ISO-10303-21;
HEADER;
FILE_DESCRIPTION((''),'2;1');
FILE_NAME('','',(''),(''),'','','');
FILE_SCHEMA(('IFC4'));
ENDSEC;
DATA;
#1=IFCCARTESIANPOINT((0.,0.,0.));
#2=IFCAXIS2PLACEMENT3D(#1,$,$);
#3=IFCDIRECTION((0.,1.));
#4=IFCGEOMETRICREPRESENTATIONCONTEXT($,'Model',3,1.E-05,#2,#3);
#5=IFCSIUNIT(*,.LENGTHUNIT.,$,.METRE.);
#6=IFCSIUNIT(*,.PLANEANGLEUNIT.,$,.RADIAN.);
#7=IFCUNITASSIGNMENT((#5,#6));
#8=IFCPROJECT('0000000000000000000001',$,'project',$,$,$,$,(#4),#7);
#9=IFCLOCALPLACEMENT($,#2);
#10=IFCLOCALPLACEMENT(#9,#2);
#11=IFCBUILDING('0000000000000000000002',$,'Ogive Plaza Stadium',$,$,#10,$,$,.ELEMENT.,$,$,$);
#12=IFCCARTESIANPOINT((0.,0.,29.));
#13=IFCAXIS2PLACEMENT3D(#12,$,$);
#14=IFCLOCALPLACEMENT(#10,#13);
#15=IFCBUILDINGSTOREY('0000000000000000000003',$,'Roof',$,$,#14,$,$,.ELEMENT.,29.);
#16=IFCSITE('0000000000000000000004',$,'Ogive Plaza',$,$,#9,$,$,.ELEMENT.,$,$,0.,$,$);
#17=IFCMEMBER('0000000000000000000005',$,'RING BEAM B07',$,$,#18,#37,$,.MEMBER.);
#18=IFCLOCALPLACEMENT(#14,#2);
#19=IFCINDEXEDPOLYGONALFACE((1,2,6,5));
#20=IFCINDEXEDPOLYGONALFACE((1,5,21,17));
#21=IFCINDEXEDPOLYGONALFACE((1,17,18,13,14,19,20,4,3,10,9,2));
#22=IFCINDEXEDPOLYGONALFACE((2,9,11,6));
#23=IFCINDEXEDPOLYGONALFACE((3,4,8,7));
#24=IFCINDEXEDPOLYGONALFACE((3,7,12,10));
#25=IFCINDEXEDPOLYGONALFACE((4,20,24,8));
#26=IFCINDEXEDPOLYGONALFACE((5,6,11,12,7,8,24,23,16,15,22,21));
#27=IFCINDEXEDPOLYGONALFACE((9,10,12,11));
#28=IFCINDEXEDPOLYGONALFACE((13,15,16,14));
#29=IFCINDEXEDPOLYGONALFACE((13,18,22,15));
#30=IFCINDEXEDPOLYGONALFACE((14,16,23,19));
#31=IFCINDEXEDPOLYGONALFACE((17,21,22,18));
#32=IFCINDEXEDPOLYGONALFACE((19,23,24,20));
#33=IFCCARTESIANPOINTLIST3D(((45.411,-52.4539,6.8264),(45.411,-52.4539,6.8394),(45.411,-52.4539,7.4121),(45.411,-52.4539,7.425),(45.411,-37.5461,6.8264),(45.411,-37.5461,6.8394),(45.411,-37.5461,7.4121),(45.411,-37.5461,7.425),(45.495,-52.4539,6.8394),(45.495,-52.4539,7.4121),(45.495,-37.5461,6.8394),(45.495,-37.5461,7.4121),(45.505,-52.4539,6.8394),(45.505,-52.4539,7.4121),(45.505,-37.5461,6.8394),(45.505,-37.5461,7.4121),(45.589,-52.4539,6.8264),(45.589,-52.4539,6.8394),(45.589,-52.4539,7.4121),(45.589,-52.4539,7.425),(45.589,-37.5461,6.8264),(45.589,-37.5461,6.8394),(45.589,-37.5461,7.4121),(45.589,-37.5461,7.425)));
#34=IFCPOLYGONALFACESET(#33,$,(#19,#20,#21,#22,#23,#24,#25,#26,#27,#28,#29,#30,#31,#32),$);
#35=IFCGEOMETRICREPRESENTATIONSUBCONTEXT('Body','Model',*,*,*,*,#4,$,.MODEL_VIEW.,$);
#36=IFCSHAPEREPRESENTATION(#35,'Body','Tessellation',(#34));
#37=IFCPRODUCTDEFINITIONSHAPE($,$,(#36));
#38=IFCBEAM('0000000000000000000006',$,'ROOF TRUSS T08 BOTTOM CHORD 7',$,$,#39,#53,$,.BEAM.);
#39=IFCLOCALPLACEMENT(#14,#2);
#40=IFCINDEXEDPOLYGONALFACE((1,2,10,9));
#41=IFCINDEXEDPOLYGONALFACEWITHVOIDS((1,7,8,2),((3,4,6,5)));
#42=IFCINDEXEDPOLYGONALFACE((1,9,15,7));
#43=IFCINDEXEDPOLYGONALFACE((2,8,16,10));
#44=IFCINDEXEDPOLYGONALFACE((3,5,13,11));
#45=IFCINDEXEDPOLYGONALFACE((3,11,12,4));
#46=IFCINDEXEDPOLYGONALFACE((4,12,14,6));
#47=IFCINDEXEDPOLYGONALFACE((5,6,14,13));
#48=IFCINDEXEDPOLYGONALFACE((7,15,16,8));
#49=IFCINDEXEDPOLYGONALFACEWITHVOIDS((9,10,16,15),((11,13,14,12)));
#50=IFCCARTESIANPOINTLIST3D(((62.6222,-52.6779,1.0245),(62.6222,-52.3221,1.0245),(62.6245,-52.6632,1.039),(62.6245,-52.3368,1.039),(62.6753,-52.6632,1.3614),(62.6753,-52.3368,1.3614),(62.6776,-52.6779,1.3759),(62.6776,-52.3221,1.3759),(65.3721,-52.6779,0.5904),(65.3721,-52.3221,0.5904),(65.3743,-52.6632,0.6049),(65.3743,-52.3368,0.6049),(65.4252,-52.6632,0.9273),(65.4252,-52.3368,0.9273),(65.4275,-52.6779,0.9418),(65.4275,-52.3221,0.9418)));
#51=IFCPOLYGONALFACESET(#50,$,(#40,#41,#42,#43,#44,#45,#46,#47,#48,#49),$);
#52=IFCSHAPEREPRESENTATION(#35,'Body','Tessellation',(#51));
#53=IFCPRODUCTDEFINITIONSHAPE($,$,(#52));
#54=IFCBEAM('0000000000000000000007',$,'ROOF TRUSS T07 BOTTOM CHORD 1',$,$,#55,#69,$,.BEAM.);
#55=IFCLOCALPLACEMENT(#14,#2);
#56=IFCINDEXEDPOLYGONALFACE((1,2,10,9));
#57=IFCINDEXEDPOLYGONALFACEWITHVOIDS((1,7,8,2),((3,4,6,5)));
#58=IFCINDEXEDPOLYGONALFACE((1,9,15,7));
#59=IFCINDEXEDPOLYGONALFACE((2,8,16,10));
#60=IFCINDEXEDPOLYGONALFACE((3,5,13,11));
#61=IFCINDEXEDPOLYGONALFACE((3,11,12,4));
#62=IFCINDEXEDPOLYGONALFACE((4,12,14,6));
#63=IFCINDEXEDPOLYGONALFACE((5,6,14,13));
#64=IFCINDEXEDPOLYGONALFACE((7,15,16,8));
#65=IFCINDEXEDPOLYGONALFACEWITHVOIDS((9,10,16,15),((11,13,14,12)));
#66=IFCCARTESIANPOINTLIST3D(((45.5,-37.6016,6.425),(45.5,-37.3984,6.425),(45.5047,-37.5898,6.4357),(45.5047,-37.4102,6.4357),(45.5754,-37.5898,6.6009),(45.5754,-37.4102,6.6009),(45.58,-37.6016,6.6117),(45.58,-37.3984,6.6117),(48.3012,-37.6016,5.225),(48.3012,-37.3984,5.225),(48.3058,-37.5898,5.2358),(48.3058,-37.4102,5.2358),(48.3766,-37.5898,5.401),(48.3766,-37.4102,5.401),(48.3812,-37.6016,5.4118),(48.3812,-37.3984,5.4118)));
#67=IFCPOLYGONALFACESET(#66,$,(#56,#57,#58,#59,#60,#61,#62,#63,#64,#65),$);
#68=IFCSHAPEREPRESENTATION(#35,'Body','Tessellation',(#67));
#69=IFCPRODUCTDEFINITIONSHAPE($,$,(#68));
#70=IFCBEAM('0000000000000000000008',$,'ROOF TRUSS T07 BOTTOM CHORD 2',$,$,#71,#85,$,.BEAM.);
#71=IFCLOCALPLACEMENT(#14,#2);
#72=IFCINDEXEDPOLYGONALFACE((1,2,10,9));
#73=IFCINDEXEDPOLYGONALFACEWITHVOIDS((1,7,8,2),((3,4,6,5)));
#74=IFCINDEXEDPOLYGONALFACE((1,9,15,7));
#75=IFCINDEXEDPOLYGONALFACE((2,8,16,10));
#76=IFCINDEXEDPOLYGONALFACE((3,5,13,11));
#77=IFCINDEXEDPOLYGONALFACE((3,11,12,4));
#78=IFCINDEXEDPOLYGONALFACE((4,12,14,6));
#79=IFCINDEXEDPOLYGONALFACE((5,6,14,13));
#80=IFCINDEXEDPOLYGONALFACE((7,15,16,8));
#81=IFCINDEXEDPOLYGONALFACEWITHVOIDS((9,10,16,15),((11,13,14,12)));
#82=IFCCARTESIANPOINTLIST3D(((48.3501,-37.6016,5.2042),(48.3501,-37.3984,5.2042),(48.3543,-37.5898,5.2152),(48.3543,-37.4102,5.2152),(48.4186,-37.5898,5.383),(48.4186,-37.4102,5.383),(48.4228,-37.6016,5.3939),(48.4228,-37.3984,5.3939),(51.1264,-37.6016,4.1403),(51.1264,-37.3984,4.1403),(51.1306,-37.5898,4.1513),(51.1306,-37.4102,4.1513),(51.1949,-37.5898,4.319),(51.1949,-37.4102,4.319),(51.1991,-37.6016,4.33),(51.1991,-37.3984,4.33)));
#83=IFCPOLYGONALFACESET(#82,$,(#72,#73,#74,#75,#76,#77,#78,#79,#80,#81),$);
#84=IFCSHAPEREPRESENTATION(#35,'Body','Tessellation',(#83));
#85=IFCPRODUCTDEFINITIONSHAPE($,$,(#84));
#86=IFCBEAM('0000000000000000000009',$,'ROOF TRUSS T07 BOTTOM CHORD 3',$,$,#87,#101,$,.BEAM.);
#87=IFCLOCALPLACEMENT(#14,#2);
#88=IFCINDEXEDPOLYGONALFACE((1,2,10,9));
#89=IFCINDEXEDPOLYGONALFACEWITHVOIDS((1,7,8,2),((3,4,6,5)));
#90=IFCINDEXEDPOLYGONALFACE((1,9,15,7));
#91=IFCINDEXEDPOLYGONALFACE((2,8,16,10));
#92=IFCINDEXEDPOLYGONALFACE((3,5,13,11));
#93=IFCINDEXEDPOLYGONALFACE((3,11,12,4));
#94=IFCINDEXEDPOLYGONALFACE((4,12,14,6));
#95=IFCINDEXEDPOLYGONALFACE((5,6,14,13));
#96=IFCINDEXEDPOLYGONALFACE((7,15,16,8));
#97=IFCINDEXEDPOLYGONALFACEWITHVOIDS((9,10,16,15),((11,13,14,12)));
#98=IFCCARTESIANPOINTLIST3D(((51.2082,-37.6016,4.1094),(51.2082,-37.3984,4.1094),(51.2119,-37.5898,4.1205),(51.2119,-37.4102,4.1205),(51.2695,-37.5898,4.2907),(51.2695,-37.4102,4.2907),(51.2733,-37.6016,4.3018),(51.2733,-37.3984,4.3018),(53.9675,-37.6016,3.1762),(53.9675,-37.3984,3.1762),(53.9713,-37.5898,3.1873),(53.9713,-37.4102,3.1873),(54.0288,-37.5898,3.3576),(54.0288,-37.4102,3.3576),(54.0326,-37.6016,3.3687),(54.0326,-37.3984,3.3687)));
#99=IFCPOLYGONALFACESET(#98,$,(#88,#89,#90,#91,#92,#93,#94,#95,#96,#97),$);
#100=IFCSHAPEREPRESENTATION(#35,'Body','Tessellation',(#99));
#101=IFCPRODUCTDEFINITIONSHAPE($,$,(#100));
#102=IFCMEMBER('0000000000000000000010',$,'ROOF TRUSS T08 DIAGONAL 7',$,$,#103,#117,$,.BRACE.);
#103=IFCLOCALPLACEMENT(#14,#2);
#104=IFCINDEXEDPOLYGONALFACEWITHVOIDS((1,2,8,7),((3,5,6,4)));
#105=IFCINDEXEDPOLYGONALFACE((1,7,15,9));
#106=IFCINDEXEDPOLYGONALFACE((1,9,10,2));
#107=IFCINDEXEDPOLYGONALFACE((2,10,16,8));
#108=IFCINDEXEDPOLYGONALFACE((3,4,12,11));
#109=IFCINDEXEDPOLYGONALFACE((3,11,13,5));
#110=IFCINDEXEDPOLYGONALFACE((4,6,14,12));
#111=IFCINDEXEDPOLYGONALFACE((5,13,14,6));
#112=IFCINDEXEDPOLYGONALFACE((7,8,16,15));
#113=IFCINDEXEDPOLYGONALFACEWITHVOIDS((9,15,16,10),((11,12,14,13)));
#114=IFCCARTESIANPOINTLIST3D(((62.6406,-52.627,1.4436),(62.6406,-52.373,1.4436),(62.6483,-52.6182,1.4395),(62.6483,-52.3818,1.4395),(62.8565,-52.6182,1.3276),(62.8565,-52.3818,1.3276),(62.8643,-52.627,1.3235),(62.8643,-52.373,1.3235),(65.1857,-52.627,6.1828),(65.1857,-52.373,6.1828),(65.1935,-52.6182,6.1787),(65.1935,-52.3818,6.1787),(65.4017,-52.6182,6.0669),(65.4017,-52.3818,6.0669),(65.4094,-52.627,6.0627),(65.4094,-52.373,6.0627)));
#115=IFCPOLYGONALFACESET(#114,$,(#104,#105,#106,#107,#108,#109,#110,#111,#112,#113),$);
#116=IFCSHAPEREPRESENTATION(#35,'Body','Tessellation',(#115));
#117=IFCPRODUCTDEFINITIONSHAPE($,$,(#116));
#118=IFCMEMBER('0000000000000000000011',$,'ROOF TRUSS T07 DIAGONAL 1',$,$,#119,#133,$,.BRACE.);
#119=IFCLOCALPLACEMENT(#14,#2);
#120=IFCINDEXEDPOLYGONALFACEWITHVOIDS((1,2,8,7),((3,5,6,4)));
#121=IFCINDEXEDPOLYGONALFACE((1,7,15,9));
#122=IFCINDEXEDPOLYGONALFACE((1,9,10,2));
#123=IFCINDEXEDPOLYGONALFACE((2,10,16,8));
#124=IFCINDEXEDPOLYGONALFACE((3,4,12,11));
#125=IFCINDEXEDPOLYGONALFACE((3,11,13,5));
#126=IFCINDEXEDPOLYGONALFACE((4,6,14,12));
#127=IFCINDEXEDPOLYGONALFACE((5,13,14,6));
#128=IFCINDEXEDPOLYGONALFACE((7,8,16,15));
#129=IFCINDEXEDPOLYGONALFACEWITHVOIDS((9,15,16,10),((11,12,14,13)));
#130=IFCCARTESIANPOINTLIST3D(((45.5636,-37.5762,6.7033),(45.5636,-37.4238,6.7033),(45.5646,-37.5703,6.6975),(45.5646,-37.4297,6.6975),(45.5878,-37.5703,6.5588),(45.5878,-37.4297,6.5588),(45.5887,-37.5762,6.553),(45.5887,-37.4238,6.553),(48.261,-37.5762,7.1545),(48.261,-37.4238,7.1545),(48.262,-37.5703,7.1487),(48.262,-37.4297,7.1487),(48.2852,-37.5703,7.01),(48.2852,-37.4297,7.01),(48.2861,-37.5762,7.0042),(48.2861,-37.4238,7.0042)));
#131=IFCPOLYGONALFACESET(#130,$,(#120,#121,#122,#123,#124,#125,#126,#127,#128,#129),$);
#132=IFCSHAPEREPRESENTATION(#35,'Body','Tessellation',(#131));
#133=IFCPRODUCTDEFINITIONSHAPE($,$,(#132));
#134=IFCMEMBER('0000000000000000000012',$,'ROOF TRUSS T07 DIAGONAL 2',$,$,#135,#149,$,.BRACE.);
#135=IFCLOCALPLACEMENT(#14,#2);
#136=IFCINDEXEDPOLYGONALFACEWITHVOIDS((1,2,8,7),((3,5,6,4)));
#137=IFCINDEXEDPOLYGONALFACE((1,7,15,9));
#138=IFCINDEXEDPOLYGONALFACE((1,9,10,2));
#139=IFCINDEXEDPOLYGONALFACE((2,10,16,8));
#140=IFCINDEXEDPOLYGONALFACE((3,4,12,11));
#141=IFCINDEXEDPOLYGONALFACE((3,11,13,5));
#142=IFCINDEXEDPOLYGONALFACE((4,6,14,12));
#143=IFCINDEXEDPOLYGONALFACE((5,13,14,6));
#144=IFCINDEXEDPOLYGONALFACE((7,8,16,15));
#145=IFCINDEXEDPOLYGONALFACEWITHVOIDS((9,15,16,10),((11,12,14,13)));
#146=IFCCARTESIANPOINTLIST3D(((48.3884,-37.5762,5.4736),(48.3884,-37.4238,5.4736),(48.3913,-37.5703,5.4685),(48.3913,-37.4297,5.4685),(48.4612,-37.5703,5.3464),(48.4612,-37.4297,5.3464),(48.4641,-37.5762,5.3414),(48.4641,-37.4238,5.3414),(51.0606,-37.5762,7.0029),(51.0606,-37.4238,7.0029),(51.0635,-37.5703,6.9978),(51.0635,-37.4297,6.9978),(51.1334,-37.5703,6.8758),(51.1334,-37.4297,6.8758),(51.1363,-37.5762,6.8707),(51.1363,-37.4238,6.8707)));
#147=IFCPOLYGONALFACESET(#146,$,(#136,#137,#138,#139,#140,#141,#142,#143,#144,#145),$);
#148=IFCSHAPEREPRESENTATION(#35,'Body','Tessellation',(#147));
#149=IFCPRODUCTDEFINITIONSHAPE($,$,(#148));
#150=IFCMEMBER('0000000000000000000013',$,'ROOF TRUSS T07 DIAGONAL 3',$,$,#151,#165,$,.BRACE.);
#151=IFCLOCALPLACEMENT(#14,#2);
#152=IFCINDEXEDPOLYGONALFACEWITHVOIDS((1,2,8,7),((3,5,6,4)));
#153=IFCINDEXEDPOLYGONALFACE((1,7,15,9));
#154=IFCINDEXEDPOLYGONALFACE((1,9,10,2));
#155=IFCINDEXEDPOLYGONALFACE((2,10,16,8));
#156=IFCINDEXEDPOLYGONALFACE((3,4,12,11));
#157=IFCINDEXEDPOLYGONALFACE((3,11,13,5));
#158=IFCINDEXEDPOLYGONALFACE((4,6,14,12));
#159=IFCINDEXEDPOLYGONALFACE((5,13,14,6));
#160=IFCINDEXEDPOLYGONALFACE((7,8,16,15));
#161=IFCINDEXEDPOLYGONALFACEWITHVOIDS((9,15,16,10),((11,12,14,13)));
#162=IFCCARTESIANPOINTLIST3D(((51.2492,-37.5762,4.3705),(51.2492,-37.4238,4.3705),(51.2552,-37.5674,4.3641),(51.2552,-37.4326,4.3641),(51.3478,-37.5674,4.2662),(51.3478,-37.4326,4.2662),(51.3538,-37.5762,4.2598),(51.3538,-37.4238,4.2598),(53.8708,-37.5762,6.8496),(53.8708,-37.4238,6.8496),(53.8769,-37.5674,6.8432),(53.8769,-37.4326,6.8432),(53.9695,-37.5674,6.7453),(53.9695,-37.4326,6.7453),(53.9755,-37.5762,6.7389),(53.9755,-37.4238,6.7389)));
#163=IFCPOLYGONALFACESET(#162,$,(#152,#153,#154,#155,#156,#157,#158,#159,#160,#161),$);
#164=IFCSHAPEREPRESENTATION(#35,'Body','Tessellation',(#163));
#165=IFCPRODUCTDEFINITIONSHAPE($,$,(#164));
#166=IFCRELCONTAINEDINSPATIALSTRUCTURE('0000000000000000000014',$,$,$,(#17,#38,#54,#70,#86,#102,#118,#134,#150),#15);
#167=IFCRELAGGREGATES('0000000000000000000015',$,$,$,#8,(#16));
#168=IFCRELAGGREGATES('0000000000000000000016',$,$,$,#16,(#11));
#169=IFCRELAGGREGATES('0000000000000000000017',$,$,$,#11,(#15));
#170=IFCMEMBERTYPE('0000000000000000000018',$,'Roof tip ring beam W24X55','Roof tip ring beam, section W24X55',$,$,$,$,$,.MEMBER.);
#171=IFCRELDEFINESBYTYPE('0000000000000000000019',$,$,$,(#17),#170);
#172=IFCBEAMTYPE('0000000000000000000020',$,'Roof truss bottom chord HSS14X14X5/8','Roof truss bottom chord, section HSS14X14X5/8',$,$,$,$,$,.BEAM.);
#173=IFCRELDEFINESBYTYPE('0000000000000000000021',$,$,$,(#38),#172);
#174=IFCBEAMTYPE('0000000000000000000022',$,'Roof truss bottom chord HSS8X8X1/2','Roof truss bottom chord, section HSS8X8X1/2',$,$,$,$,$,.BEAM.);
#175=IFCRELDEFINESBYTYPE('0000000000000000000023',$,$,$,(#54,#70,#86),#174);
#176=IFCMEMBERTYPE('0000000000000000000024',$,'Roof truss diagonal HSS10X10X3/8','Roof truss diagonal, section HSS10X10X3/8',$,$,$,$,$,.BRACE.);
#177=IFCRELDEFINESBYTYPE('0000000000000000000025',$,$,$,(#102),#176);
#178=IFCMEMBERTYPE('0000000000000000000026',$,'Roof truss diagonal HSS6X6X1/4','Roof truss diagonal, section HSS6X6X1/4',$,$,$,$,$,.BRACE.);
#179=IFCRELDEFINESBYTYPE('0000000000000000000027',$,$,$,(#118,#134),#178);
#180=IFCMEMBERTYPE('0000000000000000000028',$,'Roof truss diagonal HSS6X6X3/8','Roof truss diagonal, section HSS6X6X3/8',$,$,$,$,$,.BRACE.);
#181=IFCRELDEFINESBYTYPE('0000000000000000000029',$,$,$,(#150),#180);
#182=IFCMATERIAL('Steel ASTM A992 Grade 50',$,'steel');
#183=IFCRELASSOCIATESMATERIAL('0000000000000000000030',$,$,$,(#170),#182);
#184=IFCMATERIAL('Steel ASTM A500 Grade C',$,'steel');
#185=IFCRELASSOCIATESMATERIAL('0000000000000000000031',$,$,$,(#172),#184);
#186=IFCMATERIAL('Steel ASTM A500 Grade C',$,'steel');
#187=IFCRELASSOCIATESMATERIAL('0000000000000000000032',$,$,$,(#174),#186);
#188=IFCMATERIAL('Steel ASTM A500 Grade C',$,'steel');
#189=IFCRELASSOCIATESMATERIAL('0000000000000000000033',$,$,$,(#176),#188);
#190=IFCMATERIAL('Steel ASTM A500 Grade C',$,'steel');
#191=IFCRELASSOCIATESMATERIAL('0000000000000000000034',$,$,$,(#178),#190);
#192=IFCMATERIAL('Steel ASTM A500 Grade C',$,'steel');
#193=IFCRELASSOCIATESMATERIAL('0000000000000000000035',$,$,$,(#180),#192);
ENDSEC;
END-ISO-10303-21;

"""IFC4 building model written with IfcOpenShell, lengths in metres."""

from ifc_helpers import new_model, si_unit, direction, frame, origin, origin_2d, place, context, subcontext, project, spatial, hollow_rectangle, i_section, extrude, material, material_profile, profile_set, type_object, element, save


model = new_model("IFC4")

# Units and contexts
model_context = context("Model", 3, precision=1e-05, world=origin(), true_north=direction((0.0, 1.0)))
body_context = subcontext(model_context, "Body", "Model", "MODEL_VIEW")
ifc_project = project(units=[si_unit("LENGTHUNIT", "METRE"), si_unit("PLANEANGLEUNIT", "RADIAN")], contexts=[model_context])

# Site, building, storey
site_placement = place(None, origin())
site = spatial("IfcSite", under=ifc_project, at=site_placement, Name="Ogive Plaza", CompositionType="ELEMENT", RefElevation=0.0)
building_placement = place(site_placement, origin())
building = spatial("IfcBuilding", under=site, at=building_placement, Name="Ogive Plaza Stadium", CompositionType="ELEMENT")
storey_placement = place(building_placement, frame((0.0, 0.0, 29.0)))
storey = spatial("IfcBuildingStorey", under=building, at=storey_placement, Name="Roof", CompositionType="ELEMENT", Elevation=29.0)

# Member
ifc_material_1 = material(Name="Steel ASTM A992 Grade 50", Category="steel")
ifc_material_profile_1 = material_profile(ifc_material_1, i_section(OverallWidth=0.178, OverallDepth=0.5986, WebThickness=0.01, FlangeThickness=0.0129, at=origin_2d()), Name="W24X55")
ifc_profile_set_1 = profile_set([ifc_material_profile_1], Name="Steel ASTM A992 Grade 50")
member_type_1 = type_object("IfcMemberType", Name="Roof tip ring beam W24X55", Description="Roof tip ring beam, section W24X55", PredefinedType="MEMBER", material=ifc_profile_set_1)
member_1_placement = place(storey_placement, frame((45.5, -37.5461, 7.1257), z_axis=(0.0, -1.0, 0.0), x_axis=(1.0, 0.0, 0.0)))
element("IfcMember", 1, at=member_1_placement, inside=storey, type_object=member_type_1, Name="RING BEAM B07", PredefinedType="MEMBER", context=body_context, shape_type="SweptSolid", body=[
    extrude(i_section(OverallWidth=0.178, OverallDepth=0.5986, WebThickness=0.01, FlangeThickness=0.0129, at=origin_2d()), origin(), (0.0, 0.0, 1.0), 14.9077),
])

# Beams
ifc_material_2 = material(Name="Steel ASTM A500 Grade C", Category="steel")
ifc_material_profile_2 = material_profile(ifc_material_2, hollow_rectangle(XDim=0.3557, YDim=0.3557, WallThickness=0.0146, at=origin_2d()), Name="HSS14X14X5/8")
ifc_profile_set_2 = profile_set([ifc_material_profile_2], Name="Steel ASTM A500 Grade C")
beam_type_1 = type_object("IfcBeamType", Name="Roof truss bottom chord HSS14X14X5/8", Description="Roof truss bottom chord, section HSS14X14X5/8", PredefinedType="BEAM", material=ifc_profile_set_2)
beam_1_placement = place(storey_placement, frame((62.6499, -52.5, 1.2002), z_axis=(0.98777, 0.0, -0.155918), x_axis=(0.0, 1.0, 0.0)))
element("IfcBeam", 2, at=beam_1_placement, inside=storey, type_object=beam_type_1, Name="ROOF TRUSS T08 BOTTOM CHORD 7", PredefinedType="BEAM", context=body_context, shape_type="SweptSolid", body=[
    extrude(hollow_rectangle(XDim=0.3557, YDim=0.3557, WallThickness=0.0146, at=origin_2d()), origin(), (0.0, 0.0, 1.0), 2.7839),
])
ifc_material_3 = material(Name="Steel ASTM A500 Grade C", Category="steel")
ifc_material_profile_3 = material_profile(ifc_material_3, hollow_rectangle(XDim=0.2031, YDim=0.2031, WallThickness=0.0117, at=origin_2d()), Name="HSS8X8X1/2")
ifc_profile_set_3 = profile_set([ifc_material_profile_3], Name="Steel ASTM A500 Grade C")
beam_type_2 = type_object("IfcBeamType", Name="Roof truss bottom chord HSS8X8X1/2", Description="Roof truss bottom chord, section HSS8X8X1/2", PredefinedType="BEAM", material=ifc_profile_set_3)
beam_2_placement = place(storey_placement, frame((45.54, -37.5, 6.5183), z_axis=(0.919215, 0.0, -0.393755), x_axis=(0.0, 1.0, 0.0)))
element("IfcBeam", 3, at=beam_2_placement, inside=storey, type_object=beam_type_2, Name="ROOF TRUSS T07 BOTTOM CHORD 1", PredefinedType="BEAM", context=body_context, shape_type="SweptSolid", body=[
    extrude(hollow_rectangle(XDim=0.2031, YDim=0.2031, WallThickness=0.0117, at=origin_2d()), origin(), (0.0, 0.0, 1.0), 3.0474),
])
beam_3_placement = place(storey_placement, frame((48.3865, -37.5, 5.2991), z_axis=(0.933781, 0.0, -0.357845), x_axis=(0.0, 1.0, 0.0)))
element("IfcBeam", 4, at=beam_3_placement, inside=storey, type_object=beam_type_2, Name="ROOF TRUSS T07 BOTTOM CHORD 2", PredefinedType="BEAM", context=body_context, shape_type="SweptSolid", body=[
    extrude(hollow_rectangle(XDim=0.2031, YDim=0.2031, WallThickness=0.0117, at=origin_2d()), origin(), (0.0, 0.0, 1.0), 2.9731),
])
beam_4_placement = place(storey_placement, frame((51.2407, -37.5, 4.2056), z_axis=(0.9473, 0.0, -0.320349), x_axis=(0.0, 1.0, 0.0)))
element("IfcBeam", 5, at=beam_4_placement, inside=storey, type_object=beam_type_2, Name="ROOF TRUSS T07 BOTTOM CHORD 3", PredefinedType="BEAM", context=body_context, shape_type="SweptSolid", body=[
    extrude(hollow_rectangle(XDim=0.2031, YDim=0.2031, WallThickness=0.0117, at=origin_2d()), origin(), (0.0, 0.0, 1.0), 2.9128),
])

# Members
ifc_material_4 = material(Name="Steel ASTM A500 Grade C", Category="steel")
ifc_material_profile_4 = material_profile(ifc_material_4, hollow_rectangle(XDim=0.2539, YDim=0.2539, WallThickness=0.0088, at=origin_2d()), Name="HSS10X10X3/8")
ifc_profile_set_4 = profile_set([ifc_material_profile_4], Name="Steel ASTM A500 Grade C")
member_type_2 = type_object("IfcMemberType", Name="Roof truss diagonal HSS10X10X3/8", Description="Roof truss diagonal, section HSS10X10X3/8", PredefinedType="BRACE", material=ifc_profile_set_4)
member_2_placement = place(storey_placement, frame((62.7524, -52.5, 1.3835), z_axis=(0.473128, 0.0, 0.880994), x_axis=(0.0, 1.0, 0.0)))
element("IfcMember", 6, at=member_2_placement, inside=storey, type_object=member_type_2, Name="ROOF TRUSS T08 DIAGONAL 7", PredefinedType="BRACE", context=body_context, shape_type="SweptSolid", body=[
    extrude(hollow_rectangle(XDim=0.2539, YDim=0.2539, WallThickness=0.0088, at=origin_2d()), origin(), (0.0, 0.0, 1.0), 5.3794),
])
ifc_material_5 = material(Name="Steel ASTM A500 Grade C", Category="steel")
ifc_material_profile_5 = material_profile(ifc_material_5, hollow_rectangle(XDim=0.1523, YDim=0.1523, WallThickness=0.0059, at=origin_2d()), Name="HSS6X6X1/4")
ifc_profile_set_5 = profile_set([ifc_material_profile_5], Name="Steel ASTM A500 Grade C")
member_type_3 = type_object("IfcMemberType", Name="Roof truss diagonal HSS6X6X1/4", Description="Roof truss diagonal, section HSS6X6X1/4", PredefinedType="BRACE", material=ifc_profile_set_5)
member_3_placement = place(storey_placement, frame((45.5762, -37.5, 6.6282), z_axis=(0.9863, 0.0, 0.164964), x_axis=(0.0, 1.0, 0.0)))
element("IfcMember", 7, at=member_3_placement, inside=storey, type_object=member_type_3, Name="ROOF TRUSS T07 DIAGONAL 1", PredefinedType="BRACE", context=body_context, shape_type="SweptSolid", body=[
    extrude(hollow_rectangle(XDim=0.1523, YDim=0.1523, WallThickness=0.0059, at=origin_2d()), origin(), (0.0, 0.0, 1.0), 2.7349),
])
member_4_placement = place(storey_placement, frame((48.4263, -37.5, 5.4075), z_axis=(0.867911, 0.0, 0.49672), x_axis=(0.0, 1.0, 0.0)))
element("IfcMember", 8, at=member_4_placement, inside=storey, type_object=member_type_3, Name="ROOF TRUSS T07 DIAGONAL 2", PredefinedType="BRACE", context=body_context, shape_type="SweptSolid", body=[
    extrude(hollow_rectangle(XDim=0.1523, YDim=0.1523, WallThickness=0.0059, at=origin_2d()), origin(), (0.0, 0.0, 1.0), 3.0789),
])
ifc_material_6 = material(Name="Steel ASTM A500 Grade C", Category="steel")
ifc_material_profile_6 = material_profile(ifc_material_6, hollow_rectangle(XDim=0.1523, YDim=0.1523, WallThickness=0.0088, at=origin_2d()), Name="HSS6X6X3/8")
ifc_profile_set_6 = profile_set([ifc_material_profile_6], Name="Steel ASTM A500 Grade C")
member_type_4 = type_object("IfcMemberType", Name="Roof truss diagonal HSS6X6X3/8", Description="Roof truss diagonal, section HSS6X6X3/8", PredefinedType="BRACE", material=ifc_profile_set_6)
member_5_placement = place(storey_placement, frame((51.3015, -37.5, 4.3152), z_axis=(0.726589, 0.0, 0.687072), x_axis=(0.0, 1.0, 0.0)))
element("IfcMember", 9, at=member_5_placement, inside=storey, type_object=member_type_4, Name="ROOF TRUSS T07 DIAGONAL 3", PredefinedType="BRACE", context=body_context, shape_type="SweptSolid", body=[
    extrude(hollow_rectangle(XDim=0.1523, YDim=0.1523, WallThickness=0.0088, at=origin_2d()), origin(), (0.0, 0.0, 1.0), 3.6082),
])

save(model, "model.ifc")
